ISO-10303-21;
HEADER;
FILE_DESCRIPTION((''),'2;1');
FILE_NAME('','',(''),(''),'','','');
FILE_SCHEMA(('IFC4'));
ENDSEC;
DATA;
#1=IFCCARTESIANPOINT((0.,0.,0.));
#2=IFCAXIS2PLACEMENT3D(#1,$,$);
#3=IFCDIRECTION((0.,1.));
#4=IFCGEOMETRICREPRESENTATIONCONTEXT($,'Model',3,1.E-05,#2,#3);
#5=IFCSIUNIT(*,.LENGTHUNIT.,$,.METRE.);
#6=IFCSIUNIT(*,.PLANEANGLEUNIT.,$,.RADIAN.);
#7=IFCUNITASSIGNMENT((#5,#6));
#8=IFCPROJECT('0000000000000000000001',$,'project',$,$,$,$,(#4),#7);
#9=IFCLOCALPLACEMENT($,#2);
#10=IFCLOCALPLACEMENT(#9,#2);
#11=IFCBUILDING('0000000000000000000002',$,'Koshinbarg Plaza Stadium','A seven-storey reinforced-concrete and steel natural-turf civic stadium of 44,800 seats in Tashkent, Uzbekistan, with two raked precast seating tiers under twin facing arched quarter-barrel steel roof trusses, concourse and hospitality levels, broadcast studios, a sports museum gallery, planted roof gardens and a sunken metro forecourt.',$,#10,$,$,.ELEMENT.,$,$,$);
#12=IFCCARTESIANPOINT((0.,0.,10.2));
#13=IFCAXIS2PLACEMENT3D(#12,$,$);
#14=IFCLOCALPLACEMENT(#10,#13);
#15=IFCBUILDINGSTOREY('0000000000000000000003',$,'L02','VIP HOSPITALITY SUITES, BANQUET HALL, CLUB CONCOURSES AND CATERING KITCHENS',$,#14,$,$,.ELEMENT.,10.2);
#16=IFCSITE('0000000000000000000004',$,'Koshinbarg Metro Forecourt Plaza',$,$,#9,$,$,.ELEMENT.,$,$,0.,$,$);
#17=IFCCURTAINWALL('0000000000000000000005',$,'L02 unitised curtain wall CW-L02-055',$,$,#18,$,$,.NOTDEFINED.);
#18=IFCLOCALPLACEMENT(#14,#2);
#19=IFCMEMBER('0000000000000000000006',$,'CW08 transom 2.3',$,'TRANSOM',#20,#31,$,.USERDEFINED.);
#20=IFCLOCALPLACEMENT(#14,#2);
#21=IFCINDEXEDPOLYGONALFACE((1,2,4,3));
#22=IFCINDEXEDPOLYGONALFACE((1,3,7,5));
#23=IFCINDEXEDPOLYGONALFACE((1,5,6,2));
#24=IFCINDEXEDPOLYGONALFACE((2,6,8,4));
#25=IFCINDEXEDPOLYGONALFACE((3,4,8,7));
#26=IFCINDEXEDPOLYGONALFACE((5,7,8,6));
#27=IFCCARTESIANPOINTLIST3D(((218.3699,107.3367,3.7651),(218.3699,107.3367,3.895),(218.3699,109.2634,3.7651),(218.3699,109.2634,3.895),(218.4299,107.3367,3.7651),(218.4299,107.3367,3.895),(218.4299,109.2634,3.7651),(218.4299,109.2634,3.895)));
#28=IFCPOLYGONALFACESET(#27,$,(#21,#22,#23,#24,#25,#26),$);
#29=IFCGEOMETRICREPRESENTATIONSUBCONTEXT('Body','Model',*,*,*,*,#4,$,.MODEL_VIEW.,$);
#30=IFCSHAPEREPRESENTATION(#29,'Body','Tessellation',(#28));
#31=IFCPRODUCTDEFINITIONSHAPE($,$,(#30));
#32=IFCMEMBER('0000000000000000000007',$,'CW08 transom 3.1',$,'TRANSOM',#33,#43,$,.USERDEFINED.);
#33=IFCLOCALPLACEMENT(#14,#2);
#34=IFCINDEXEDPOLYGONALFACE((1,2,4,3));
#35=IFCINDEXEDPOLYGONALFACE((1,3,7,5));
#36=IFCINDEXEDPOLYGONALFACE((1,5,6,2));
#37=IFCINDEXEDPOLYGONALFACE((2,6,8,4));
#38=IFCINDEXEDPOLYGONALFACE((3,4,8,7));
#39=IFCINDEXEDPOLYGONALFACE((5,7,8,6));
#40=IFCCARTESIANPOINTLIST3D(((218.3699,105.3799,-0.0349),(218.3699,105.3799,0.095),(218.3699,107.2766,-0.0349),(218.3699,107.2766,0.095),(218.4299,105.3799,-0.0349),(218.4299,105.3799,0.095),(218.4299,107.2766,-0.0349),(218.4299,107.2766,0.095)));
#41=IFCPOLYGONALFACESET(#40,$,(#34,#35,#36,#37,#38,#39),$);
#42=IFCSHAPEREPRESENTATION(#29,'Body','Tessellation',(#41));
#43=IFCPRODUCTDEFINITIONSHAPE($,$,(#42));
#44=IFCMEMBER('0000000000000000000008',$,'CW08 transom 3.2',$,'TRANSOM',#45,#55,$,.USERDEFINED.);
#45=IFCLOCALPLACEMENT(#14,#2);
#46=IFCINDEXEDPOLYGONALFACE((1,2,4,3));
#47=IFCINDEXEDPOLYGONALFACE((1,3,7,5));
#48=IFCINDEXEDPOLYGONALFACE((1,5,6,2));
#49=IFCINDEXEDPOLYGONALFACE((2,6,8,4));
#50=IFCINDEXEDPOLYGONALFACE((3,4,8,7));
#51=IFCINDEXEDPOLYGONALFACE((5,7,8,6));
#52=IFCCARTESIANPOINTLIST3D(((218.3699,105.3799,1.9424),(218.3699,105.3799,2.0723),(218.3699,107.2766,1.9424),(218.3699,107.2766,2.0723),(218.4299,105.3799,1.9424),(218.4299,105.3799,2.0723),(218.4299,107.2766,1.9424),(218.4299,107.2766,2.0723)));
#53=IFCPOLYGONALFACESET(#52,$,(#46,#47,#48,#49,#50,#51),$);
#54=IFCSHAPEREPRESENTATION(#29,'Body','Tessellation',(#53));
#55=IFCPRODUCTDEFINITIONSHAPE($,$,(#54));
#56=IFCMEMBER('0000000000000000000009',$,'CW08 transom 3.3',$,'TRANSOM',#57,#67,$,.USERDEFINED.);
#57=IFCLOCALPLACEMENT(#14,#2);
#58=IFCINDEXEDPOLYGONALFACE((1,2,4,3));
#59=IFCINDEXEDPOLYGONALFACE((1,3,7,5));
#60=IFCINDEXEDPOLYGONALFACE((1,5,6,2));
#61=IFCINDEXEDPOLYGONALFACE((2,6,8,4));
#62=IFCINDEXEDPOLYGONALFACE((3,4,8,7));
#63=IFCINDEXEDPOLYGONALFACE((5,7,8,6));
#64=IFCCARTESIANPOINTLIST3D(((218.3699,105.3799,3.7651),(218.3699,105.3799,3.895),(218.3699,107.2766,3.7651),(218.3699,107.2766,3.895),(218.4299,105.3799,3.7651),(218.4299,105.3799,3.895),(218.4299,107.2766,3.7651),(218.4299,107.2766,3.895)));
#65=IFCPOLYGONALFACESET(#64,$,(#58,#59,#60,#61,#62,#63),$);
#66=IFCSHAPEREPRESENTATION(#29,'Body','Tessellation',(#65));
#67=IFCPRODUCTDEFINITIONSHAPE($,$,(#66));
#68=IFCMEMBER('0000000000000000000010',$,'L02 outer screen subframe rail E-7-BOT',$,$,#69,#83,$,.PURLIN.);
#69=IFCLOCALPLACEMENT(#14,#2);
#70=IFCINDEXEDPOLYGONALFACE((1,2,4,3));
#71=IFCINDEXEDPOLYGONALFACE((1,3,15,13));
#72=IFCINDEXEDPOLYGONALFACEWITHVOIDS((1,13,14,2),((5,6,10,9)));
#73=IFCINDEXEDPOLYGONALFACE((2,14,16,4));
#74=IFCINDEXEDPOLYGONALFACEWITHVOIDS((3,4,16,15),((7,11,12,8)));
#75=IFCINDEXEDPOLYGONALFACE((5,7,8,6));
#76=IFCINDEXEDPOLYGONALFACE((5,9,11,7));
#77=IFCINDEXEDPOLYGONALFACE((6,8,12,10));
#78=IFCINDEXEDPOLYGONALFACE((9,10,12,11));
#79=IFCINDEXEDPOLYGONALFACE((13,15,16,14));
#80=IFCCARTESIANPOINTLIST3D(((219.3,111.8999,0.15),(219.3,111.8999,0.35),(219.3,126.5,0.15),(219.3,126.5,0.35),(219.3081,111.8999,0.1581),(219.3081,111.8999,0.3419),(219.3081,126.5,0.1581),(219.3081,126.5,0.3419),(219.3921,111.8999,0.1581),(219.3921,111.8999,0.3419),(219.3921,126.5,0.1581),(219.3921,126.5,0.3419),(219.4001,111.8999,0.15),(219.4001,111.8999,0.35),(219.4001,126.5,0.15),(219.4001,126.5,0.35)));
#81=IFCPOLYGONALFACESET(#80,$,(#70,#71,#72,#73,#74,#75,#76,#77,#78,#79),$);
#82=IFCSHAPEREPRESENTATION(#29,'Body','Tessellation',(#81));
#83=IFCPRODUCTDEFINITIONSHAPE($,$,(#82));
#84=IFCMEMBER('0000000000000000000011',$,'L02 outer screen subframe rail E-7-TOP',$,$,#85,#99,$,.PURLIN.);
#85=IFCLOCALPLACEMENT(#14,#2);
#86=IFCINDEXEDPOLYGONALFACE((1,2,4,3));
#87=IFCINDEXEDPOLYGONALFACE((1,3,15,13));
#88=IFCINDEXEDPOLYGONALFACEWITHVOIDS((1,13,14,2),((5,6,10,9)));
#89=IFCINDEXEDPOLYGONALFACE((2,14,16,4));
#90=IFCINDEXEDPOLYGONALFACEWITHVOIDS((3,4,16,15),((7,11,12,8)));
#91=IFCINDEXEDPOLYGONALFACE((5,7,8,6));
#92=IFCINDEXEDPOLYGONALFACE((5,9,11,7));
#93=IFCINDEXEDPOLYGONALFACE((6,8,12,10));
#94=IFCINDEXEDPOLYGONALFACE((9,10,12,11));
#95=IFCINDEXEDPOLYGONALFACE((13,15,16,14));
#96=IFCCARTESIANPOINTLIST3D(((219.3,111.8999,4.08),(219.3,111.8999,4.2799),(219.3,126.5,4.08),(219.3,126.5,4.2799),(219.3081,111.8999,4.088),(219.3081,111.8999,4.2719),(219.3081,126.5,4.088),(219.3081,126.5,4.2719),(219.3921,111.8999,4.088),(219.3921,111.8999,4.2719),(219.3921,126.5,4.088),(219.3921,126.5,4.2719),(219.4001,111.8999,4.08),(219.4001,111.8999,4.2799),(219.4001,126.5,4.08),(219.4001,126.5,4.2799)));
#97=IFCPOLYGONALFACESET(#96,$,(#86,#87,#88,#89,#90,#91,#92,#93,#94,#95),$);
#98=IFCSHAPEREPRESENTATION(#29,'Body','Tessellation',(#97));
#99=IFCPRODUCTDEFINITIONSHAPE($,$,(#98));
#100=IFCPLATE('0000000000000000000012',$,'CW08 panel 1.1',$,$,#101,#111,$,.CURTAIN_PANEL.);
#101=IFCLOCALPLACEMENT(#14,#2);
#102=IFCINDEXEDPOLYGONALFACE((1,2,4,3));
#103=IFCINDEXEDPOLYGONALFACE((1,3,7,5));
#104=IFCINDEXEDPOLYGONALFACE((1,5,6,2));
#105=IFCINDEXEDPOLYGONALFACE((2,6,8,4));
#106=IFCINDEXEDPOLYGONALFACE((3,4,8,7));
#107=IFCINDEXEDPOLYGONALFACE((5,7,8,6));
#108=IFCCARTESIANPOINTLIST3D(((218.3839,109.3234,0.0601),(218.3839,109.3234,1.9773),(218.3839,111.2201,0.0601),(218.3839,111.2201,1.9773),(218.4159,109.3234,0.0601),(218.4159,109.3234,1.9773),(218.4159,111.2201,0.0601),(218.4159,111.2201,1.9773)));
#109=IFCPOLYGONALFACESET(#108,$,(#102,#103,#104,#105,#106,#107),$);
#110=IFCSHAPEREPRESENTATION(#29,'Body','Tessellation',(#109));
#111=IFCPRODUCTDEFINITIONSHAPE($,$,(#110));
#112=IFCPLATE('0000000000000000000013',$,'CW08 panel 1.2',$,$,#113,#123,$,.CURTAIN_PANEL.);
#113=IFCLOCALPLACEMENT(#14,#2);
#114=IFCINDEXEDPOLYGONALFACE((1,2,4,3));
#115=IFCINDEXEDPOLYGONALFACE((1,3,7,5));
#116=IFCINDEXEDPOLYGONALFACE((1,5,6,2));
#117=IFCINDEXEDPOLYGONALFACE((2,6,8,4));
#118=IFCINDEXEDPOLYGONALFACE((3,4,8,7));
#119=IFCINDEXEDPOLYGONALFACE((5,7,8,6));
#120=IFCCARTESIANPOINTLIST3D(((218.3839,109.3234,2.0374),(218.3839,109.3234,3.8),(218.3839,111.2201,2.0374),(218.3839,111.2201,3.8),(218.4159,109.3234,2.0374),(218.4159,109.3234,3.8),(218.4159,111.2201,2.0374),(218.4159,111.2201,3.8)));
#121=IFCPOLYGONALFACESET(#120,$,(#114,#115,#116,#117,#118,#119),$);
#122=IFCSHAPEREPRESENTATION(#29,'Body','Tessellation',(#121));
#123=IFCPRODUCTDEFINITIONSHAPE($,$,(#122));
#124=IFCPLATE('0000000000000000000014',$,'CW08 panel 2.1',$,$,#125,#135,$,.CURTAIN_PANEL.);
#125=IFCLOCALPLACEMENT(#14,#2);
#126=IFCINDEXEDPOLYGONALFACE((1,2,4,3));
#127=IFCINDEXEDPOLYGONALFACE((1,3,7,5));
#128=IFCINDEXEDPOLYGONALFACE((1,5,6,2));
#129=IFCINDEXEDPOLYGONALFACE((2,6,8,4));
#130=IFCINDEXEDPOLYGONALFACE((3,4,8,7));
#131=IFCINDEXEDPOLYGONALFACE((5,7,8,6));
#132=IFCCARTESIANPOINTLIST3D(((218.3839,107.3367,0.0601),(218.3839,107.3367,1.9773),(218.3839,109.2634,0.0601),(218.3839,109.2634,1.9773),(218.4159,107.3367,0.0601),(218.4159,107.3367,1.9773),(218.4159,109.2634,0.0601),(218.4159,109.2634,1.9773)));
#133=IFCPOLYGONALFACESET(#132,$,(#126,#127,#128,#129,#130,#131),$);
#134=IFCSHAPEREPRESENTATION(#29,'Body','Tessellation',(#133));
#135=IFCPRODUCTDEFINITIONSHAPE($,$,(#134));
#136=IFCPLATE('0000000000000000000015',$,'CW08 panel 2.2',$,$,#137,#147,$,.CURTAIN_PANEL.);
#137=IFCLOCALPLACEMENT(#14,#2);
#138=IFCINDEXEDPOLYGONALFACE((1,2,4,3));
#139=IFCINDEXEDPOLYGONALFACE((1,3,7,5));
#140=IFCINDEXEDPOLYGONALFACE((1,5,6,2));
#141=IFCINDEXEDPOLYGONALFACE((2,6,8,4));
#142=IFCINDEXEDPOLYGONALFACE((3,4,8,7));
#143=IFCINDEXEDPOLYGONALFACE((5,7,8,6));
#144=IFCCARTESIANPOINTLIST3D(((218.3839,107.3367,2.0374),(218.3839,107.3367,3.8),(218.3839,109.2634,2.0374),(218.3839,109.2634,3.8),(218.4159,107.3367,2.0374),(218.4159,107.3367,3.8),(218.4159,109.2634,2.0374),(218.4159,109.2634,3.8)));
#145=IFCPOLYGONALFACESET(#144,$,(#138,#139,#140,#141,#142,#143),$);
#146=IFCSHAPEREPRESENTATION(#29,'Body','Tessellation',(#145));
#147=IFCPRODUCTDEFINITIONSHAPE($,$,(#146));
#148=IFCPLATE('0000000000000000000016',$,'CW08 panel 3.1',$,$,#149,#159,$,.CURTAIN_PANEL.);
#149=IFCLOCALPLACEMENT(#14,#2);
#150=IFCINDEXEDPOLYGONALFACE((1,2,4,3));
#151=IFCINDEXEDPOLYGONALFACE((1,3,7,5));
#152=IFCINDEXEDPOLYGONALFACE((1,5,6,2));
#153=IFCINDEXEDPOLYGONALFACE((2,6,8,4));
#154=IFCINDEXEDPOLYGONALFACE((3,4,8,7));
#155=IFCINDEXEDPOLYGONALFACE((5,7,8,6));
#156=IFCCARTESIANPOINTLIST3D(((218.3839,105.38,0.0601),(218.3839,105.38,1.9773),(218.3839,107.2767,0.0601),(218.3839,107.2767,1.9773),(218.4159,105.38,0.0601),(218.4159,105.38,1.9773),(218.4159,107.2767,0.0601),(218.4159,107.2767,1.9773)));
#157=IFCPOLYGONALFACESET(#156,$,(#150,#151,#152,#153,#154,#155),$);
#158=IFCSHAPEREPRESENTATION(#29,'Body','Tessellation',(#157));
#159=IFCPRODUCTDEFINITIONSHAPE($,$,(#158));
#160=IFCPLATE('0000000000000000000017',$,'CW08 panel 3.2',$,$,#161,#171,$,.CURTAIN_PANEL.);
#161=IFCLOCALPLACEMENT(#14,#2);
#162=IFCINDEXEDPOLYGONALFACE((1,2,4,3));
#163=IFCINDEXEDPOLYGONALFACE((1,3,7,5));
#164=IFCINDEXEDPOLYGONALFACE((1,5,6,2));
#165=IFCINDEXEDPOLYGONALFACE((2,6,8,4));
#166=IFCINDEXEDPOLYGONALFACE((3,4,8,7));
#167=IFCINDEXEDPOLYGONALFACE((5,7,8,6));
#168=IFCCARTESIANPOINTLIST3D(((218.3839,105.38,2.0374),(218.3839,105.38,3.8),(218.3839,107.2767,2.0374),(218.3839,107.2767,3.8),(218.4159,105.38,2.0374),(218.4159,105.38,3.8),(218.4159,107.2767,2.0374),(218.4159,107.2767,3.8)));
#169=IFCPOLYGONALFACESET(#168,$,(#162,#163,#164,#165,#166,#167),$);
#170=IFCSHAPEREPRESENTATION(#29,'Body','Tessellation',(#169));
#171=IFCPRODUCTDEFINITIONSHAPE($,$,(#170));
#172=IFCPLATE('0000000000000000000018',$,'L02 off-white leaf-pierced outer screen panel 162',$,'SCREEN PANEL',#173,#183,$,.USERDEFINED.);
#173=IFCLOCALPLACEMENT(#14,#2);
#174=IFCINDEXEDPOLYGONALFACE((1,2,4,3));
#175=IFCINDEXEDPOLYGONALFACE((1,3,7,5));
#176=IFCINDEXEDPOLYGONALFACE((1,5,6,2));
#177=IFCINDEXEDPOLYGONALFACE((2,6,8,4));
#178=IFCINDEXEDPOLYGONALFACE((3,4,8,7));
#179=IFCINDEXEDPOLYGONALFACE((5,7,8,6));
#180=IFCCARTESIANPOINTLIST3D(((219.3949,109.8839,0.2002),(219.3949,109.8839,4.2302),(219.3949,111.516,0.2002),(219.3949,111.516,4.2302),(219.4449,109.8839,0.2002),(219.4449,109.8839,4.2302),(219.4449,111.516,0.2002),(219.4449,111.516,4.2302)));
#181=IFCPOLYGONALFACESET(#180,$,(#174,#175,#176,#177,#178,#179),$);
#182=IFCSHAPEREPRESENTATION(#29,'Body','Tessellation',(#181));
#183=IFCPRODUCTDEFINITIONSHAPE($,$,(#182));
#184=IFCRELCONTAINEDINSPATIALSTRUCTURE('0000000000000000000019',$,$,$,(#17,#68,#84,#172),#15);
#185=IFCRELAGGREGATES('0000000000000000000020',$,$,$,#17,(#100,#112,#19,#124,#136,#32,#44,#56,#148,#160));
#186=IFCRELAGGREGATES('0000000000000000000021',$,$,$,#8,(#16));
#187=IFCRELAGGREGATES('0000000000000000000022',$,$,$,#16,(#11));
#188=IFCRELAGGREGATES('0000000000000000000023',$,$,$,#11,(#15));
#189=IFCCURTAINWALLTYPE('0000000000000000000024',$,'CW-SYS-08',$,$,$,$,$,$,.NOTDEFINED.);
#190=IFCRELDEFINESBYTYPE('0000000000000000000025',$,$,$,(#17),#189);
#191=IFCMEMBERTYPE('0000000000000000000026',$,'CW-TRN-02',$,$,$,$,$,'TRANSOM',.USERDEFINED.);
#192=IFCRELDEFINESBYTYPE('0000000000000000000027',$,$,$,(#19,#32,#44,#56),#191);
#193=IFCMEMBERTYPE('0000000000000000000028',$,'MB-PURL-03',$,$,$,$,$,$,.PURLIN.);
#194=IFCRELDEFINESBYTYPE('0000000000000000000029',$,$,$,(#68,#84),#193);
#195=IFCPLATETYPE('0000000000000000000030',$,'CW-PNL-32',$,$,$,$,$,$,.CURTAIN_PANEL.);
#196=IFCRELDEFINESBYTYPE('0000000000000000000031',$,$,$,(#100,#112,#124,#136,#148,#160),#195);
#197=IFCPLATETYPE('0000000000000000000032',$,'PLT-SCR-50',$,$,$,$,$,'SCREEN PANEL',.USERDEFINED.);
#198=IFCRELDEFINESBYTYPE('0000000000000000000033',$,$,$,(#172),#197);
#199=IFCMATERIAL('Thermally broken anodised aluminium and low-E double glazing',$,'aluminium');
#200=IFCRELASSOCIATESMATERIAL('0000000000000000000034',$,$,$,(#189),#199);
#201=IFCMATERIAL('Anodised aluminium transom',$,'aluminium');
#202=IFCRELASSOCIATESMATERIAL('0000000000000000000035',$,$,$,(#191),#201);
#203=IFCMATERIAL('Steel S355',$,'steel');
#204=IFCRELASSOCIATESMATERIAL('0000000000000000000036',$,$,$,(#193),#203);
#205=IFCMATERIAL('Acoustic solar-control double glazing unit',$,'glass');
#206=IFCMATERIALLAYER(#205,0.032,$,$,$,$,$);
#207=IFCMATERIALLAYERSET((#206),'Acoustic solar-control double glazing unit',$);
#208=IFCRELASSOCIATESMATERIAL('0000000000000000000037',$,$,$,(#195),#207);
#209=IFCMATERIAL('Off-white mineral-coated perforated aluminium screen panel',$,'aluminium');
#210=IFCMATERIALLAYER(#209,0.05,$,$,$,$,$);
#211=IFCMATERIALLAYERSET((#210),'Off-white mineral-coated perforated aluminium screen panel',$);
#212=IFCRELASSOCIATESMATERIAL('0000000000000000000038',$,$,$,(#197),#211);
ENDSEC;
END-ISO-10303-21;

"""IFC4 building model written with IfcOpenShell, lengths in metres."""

from ifc_helpers import new_model, si_unit, direction, frame, origin, origin_2d, place, context, subcontext, project, spatial, rectangle, hollow_rectangle, extrude, material, layer, layer_set, material_profile, profile_set, type_object, element, aggregate, save


model = new_model("IFC4")

# Units and contexts
model_context = context("Model", 3, precision=1e-05, world=origin(), true_north=direction((0.0, 1.0)))
body_context = subcontext(model_context, "Body", "Model", "MODEL_VIEW")
ifc_project = project(units=[si_unit("LENGTHUNIT", "METRE"), si_unit("PLANEANGLEUNIT", "RADIAN")], contexts=[model_context])

# Site, building, storey
site_placement = place(None, origin())
site = spatial("IfcSite", under=ifc_project, at=site_placement, Name="Koshinbarg Metro Forecourt Plaza", CompositionType="ELEMENT", RefElevation=0.0)
building_placement = place(site_placement, origin())
building = spatial("IfcBuilding", under=site, at=building_placement, Name="Koshinbarg Plaza Stadium", Description="A seven-storey reinforced-concrete and steel natural-turf civic stadium of 44,800 seats in Tashkent, Uzbekistan, with two raked precast seating tiers under twin facing arched quarter-barrel steel roof trusses, concourse and hospitality levels, broadcast studios, a sports museum gallery, planted roof gardens and a sunken metro forecourt.", CompositionType="ELEMENT")
storey_placement = place(building_placement, frame((0.0, 0.0, 10.2)))
storey = spatial("IfcBuildingStorey", under=building, at=storey_placement, Name="L02", Description="VIP HOSPITALITY SUITES, BANQUET HALL, CLUB CONCOURSES AND CATERING KITCHENS", CompositionType="ELEMENT", Elevation=10.2)

# Shared definitions
ifc_material_1 = material(Name="Steel S355", Category="steel")

# Curtain wall, members
ifc_material_2 = material(Name="Thermally broken anodised aluminium and low-E double glazing", Category="aluminium")
curtain_wall_type = type_object("IfcCurtainWallType", Name="CW-SYS-08", PredefinedType="NOTDEFINED", material=ifc_material_2)
curtain_wall_placement = place(storey_placement, origin())
curtain_wall = element("IfcCurtainWall", 1, at=curtain_wall_placement, inside=storey, type_object=curtain_wall_type, Name="L02 unitised curtain wall CW-L02-055", PredefinedType="NOTDEFINED")
ifc_material_3 = material(Name="Anodised aluminium transom", Category="aluminium")
ifc_material_profile_1 = material_profile(ifc_material_3, rectangle(XDim=0.0601, YDim=0.1299, at=origin_2d()), Name="ALU 60x130")
ifc_profile_set_1 = profile_set([ifc_material_profile_1], Name="Anodised aluminium transom")
member_type_1 = type_object("IfcMemberType", Name="CW-TRN-02", ElementType="TRANSOM", PredefinedType="USERDEFINED", material=ifc_profile_set_1)
member_1_placement = place(storey_placement, frame((218.3999, 109.2634, 3.8301), z_axis=(0.0, -1.0, 0.0), x_axis=(1.0, 0.0, 0.0)))
member_1 = element("IfcMember", 2, at=member_1_placement, type_object=member_type_1, Name="CW08 transom 2.3", ObjectType="TRANSOM", PredefinedType="USERDEFINED", context=body_context, shape_type="SweptSolid", body=[
    extrude(rectangle(XDim=0.0601, YDim=0.1299, at=origin_2d()), origin(), (0.0, 0.0, 1.0), 1.9268),
])
member_2_placement = place(storey_placement, frame((218.3999, 107.2766, 0.03), z_axis=(0.0, -1.0, 0.0), x_axis=(1.0, 0.0, 0.0)))
member_2 = element("IfcMember", 3, at=member_2_placement, type_object=member_type_1, Name="CW08 transom 3.1", ObjectType="TRANSOM", PredefinedType="USERDEFINED", context=body_context, shape_type="SweptSolid", body=[
    extrude(rectangle(XDim=0.0601, YDim=0.1299, at=origin_2d()), origin(), (0.0, 0.0, 1.0), 1.8967),
])
member_3_placement = place(storey_placement, frame((218.3999, 107.2766, 2.0073), z_axis=(0.0, -1.0, 0.0), x_axis=(1.0, 0.0, 0.0)))
member_3 = element("IfcMember", 4, at=member_3_placement, type_object=member_type_1, Name="CW08 transom 3.2", ObjectType="TRANSOM", PredefinedType="USERDEFINED", context=body_context, shape_type="SweptSolid", body=[
    extrude(rectangle(XDim=0.0601, YDim=0.1299, at=origin_2d()), origin(), (0.0, 0.0, 1.0), 1.8967),
])
member_4_placement = place(storey_placement, frame((218.3999, 107.2766, 3.8301), z_axis=(0.0, -1.0, 0.0), x_axis=(1.0, 0.0, 0.0)))
member_4 = element("IfcMember", 5, at=member_4_placement, type_object=member_type_1, Name="CW08 transom 3.3", ObjectType="TRANSOM", PredefinedType="USERDEFINED", context=body_context, shape_type="SweptSolid", body=[
    extrude(rectangle(XDim=0.0601, YDim=0.1299, at=origin_2d()), origin(), (0.0, 0.0, 1.0), 1.8967),
])

# Members
ifc_material_profile_2 = material_profile(ifc_material_1, hollow_rectangle(XDim=0.1001, YDim=0.2, WallThickness=0.0081, at=origin_2d()), Name="RHS 200x100x8")
ifc_profile_set_2 = profile_set([ifc_material_profile_2], Name="Steel S355")
member_type_2 = type_object("IfcMemberType", Name="MB-PURL-03", PredefinedType="PURLIN", material=ifc_profile_set_2)
for number, where, z_axis, x_axis, name in (
    (6, (219.3501, 111.8999, 0.25), (0.0, 1.0, 0.0), (-1.0, 0.0, 0.0), "L02 outer screen subframe rail E-7-BOT"),
    (7, (219.3501, 111.8999, 4.1799), (0.0, 1.0, 0.0), (-1.0, 0.0, 0.0), "L02 outer screen subframe rail E-7-TOP"),
):
    element("IfcMember", number, at=place(storey_placement, frame(where, z_axis=z_axis, x_axis=x_axis)), inside=storey, type_object=member_type_2, Name=name, PredefinedType="PURLIN", context=body_context, shape_type="SweptSolid", body=[
        extrude(hollow_rectangle(XDim=0.1001, YDim=0.2, WallThickness=0.0081, at=origin_2d()), origin(), (0.0, 0.0, 1.0), 14.6001),
    ])

# Plates
ifc_material_4 = material(Name="Acoustic solar-control double glazing unit", Category="glass")
ifc_layer_1 = layer(ifc_material_4, 0.032)
ifc_layer_set_1 = layer_set([ifc_layer_1], Name="Acoustic solar-control double glazing unit")
plate_type_1 = type_object("IfcPlateType", Name="CW-PNL-32", PredefinedType="CURTAIN_PANEL", material=ifc_layer_set_1)
plate_1_placement = place(storey_placement, frame((218.3999, 110.2717, 0.0601), z_axis=(0.0, 0.0, 1.0), x_axis=(0.0, -1.0, 0.0)))
plate_1 = element("IfcPlate", 8, at=plate_1_placement, type_object=plate_type_1, Name="CW08 panel 1.1", PredefinedType="CURTAIN_PANEL", context=body_context, shape_type="SweptSolid", body=[
    extrude(rectangle(XDim=1.8967, YDim=0.032, at=origin_2d()), origin(), (0.0, 0.0, 1.0), 1.9172),
])
plate_2_placement = place(storey_placement, frame((218.3999, 110.2717, 2.0374), z_axis=(0.0, 0.0, 1.0), x_axis=(0.0, -1.0, 0.0)))
plate_2 = element("IfcPlate", 9, at=plate_2_placement, type_object=plate_type_1, Name="CW08 panel 1.2", PredefinedType="CURTAIN_PANEL", context=body_context, shape_type="SweptSolid", body=[
    extrude(rectangle(XDim=1.8967, YDim=0.032, at=origin_2d()), origin(), (0.0, 0.0, 1.0), 1.7627),
])
plate_3_placement = place(storey_placement, frame((218.3999, 108.3, 0.0601), z_axis=(0.0, 0.0, 1.0), x_axis=(0.0, -1.0, 0.0)))
plate_3 = element("IfcPlate", 10, at=plate_3_placement, type_object=plate_type_1, Name="CW08 panel 2.1", PredefinedType="CURTAIN_PANEL", context=body_context, shape_type="SweptSolid", body=[
    extrude(rectangle(XDim=1.9268, YDim=0.032, at=origin_2d()), origin(), (0.0, 0.0, 1.0), 1.9172),
])
plate_4_placement = place(storey_placement, frame((218.3999, 108.3, 2.0374), z_axis=(0.0, 0.0, 1.0), x_axis=(0.0, -1.0, 0.0)))
plate_4 = element("IfcPlate", 11, at=plate_4_placement, type_object=plate_type_1, Name="CW08 panel 2.2", PredefinedType="CURTAIN_PANEL", context=body_context, shape_type="SweptSolid", body=[
    extrude(rectangle(XDim=1.9268, YDim=0.032, at=origin_2d()), origin(), (0.0, 0.0, 1.0), 1.7627),
])
plate_5_placement = place(storey_placement, frame((218.3999, 106.3284, 0.0601), z_axis=(0.0, 0.0, 1.0), x_axis=(0.0, -1.0, 0.0)))
plate_5 = element("IfcPlate", 12, at=plate_5_placement, type_object=plate_type_1, Name="CW08 panel 3.1", PredefinedType="CURTAIN_PANEL", context=body_context, shape_type="SweptSolid", body=[
    extrude(rectangle(XDim=1.8967, YDim=0.032, at=origin_2d()), origin(), (0.0, 0.0, 1.0), 1.9172),
])
plate_6_placement = place(storey_placement, frame((218.3999, 106.3284, 2.0374), z_axis=(0.0, 0.0, 1.0), x_axis=(0.0, -1.0, 0.0)))
plate_6 = element("IfcPlate", 13, at=plate_6_placement, type_object=plate_type_1, Name="CW08 panel 3.2", PredefinedType="CURTAIN_PANEL", context=body_context, shape_type="SweptSolid", body=[
    extrude(rectangle(XDim=1.8967, YDim=0.032, at=origin_2d()), origin(), (0.0, 0.0, 1.0), 1.7627),
])
aggregate(curtain_wall, [plate_1, plate_2, member_1, plate_3, plate_4, member_2, member_3, member_4, plate_5, plate_6])

# Plate
ifc_material_5 = material(Name="Off-white mineral-coated perforated aluminium screen panel", Category="aluminium")
ifc_layer_2 = layer(ifc_material_5, 0.05)
ifc_layer_set_2 = layer_set([ifc_layer_2], Name="Off-white mineral-coated perforated aluminium screen panel")
plate_type_2 = type_object("IfcPlateType", Name="PLT-SCR-50", ElementType="SCREEN PANEL", PredefinedType="USERDEFINED", material=ifc_layer_set_2)
plate_7_placement = place(storey_placement, frame((219.4199, 110.7, 0.2002), z_axis=(0.0, 0.0, 1.0), x_axis=(1.0, 0.0, 0.0)))
element("IfcPlate", 14, at=plate_7_placement, inside=storey, type_object=plate_type_2, Name="L02 off-white leaf-pierced outer screen panel 162", ObjectType="SCREEN PANEL", PredefinedType="USERDEFINED", context=body_context, shape_type="SweptSolid", body=[
    extrude(rectangle(XDim=0.05, YDim=1.6321, at=origin_2d()), origin(), (0.0, 0.0, 1.0), 4.03),
])

save(model, "model.ifc")
